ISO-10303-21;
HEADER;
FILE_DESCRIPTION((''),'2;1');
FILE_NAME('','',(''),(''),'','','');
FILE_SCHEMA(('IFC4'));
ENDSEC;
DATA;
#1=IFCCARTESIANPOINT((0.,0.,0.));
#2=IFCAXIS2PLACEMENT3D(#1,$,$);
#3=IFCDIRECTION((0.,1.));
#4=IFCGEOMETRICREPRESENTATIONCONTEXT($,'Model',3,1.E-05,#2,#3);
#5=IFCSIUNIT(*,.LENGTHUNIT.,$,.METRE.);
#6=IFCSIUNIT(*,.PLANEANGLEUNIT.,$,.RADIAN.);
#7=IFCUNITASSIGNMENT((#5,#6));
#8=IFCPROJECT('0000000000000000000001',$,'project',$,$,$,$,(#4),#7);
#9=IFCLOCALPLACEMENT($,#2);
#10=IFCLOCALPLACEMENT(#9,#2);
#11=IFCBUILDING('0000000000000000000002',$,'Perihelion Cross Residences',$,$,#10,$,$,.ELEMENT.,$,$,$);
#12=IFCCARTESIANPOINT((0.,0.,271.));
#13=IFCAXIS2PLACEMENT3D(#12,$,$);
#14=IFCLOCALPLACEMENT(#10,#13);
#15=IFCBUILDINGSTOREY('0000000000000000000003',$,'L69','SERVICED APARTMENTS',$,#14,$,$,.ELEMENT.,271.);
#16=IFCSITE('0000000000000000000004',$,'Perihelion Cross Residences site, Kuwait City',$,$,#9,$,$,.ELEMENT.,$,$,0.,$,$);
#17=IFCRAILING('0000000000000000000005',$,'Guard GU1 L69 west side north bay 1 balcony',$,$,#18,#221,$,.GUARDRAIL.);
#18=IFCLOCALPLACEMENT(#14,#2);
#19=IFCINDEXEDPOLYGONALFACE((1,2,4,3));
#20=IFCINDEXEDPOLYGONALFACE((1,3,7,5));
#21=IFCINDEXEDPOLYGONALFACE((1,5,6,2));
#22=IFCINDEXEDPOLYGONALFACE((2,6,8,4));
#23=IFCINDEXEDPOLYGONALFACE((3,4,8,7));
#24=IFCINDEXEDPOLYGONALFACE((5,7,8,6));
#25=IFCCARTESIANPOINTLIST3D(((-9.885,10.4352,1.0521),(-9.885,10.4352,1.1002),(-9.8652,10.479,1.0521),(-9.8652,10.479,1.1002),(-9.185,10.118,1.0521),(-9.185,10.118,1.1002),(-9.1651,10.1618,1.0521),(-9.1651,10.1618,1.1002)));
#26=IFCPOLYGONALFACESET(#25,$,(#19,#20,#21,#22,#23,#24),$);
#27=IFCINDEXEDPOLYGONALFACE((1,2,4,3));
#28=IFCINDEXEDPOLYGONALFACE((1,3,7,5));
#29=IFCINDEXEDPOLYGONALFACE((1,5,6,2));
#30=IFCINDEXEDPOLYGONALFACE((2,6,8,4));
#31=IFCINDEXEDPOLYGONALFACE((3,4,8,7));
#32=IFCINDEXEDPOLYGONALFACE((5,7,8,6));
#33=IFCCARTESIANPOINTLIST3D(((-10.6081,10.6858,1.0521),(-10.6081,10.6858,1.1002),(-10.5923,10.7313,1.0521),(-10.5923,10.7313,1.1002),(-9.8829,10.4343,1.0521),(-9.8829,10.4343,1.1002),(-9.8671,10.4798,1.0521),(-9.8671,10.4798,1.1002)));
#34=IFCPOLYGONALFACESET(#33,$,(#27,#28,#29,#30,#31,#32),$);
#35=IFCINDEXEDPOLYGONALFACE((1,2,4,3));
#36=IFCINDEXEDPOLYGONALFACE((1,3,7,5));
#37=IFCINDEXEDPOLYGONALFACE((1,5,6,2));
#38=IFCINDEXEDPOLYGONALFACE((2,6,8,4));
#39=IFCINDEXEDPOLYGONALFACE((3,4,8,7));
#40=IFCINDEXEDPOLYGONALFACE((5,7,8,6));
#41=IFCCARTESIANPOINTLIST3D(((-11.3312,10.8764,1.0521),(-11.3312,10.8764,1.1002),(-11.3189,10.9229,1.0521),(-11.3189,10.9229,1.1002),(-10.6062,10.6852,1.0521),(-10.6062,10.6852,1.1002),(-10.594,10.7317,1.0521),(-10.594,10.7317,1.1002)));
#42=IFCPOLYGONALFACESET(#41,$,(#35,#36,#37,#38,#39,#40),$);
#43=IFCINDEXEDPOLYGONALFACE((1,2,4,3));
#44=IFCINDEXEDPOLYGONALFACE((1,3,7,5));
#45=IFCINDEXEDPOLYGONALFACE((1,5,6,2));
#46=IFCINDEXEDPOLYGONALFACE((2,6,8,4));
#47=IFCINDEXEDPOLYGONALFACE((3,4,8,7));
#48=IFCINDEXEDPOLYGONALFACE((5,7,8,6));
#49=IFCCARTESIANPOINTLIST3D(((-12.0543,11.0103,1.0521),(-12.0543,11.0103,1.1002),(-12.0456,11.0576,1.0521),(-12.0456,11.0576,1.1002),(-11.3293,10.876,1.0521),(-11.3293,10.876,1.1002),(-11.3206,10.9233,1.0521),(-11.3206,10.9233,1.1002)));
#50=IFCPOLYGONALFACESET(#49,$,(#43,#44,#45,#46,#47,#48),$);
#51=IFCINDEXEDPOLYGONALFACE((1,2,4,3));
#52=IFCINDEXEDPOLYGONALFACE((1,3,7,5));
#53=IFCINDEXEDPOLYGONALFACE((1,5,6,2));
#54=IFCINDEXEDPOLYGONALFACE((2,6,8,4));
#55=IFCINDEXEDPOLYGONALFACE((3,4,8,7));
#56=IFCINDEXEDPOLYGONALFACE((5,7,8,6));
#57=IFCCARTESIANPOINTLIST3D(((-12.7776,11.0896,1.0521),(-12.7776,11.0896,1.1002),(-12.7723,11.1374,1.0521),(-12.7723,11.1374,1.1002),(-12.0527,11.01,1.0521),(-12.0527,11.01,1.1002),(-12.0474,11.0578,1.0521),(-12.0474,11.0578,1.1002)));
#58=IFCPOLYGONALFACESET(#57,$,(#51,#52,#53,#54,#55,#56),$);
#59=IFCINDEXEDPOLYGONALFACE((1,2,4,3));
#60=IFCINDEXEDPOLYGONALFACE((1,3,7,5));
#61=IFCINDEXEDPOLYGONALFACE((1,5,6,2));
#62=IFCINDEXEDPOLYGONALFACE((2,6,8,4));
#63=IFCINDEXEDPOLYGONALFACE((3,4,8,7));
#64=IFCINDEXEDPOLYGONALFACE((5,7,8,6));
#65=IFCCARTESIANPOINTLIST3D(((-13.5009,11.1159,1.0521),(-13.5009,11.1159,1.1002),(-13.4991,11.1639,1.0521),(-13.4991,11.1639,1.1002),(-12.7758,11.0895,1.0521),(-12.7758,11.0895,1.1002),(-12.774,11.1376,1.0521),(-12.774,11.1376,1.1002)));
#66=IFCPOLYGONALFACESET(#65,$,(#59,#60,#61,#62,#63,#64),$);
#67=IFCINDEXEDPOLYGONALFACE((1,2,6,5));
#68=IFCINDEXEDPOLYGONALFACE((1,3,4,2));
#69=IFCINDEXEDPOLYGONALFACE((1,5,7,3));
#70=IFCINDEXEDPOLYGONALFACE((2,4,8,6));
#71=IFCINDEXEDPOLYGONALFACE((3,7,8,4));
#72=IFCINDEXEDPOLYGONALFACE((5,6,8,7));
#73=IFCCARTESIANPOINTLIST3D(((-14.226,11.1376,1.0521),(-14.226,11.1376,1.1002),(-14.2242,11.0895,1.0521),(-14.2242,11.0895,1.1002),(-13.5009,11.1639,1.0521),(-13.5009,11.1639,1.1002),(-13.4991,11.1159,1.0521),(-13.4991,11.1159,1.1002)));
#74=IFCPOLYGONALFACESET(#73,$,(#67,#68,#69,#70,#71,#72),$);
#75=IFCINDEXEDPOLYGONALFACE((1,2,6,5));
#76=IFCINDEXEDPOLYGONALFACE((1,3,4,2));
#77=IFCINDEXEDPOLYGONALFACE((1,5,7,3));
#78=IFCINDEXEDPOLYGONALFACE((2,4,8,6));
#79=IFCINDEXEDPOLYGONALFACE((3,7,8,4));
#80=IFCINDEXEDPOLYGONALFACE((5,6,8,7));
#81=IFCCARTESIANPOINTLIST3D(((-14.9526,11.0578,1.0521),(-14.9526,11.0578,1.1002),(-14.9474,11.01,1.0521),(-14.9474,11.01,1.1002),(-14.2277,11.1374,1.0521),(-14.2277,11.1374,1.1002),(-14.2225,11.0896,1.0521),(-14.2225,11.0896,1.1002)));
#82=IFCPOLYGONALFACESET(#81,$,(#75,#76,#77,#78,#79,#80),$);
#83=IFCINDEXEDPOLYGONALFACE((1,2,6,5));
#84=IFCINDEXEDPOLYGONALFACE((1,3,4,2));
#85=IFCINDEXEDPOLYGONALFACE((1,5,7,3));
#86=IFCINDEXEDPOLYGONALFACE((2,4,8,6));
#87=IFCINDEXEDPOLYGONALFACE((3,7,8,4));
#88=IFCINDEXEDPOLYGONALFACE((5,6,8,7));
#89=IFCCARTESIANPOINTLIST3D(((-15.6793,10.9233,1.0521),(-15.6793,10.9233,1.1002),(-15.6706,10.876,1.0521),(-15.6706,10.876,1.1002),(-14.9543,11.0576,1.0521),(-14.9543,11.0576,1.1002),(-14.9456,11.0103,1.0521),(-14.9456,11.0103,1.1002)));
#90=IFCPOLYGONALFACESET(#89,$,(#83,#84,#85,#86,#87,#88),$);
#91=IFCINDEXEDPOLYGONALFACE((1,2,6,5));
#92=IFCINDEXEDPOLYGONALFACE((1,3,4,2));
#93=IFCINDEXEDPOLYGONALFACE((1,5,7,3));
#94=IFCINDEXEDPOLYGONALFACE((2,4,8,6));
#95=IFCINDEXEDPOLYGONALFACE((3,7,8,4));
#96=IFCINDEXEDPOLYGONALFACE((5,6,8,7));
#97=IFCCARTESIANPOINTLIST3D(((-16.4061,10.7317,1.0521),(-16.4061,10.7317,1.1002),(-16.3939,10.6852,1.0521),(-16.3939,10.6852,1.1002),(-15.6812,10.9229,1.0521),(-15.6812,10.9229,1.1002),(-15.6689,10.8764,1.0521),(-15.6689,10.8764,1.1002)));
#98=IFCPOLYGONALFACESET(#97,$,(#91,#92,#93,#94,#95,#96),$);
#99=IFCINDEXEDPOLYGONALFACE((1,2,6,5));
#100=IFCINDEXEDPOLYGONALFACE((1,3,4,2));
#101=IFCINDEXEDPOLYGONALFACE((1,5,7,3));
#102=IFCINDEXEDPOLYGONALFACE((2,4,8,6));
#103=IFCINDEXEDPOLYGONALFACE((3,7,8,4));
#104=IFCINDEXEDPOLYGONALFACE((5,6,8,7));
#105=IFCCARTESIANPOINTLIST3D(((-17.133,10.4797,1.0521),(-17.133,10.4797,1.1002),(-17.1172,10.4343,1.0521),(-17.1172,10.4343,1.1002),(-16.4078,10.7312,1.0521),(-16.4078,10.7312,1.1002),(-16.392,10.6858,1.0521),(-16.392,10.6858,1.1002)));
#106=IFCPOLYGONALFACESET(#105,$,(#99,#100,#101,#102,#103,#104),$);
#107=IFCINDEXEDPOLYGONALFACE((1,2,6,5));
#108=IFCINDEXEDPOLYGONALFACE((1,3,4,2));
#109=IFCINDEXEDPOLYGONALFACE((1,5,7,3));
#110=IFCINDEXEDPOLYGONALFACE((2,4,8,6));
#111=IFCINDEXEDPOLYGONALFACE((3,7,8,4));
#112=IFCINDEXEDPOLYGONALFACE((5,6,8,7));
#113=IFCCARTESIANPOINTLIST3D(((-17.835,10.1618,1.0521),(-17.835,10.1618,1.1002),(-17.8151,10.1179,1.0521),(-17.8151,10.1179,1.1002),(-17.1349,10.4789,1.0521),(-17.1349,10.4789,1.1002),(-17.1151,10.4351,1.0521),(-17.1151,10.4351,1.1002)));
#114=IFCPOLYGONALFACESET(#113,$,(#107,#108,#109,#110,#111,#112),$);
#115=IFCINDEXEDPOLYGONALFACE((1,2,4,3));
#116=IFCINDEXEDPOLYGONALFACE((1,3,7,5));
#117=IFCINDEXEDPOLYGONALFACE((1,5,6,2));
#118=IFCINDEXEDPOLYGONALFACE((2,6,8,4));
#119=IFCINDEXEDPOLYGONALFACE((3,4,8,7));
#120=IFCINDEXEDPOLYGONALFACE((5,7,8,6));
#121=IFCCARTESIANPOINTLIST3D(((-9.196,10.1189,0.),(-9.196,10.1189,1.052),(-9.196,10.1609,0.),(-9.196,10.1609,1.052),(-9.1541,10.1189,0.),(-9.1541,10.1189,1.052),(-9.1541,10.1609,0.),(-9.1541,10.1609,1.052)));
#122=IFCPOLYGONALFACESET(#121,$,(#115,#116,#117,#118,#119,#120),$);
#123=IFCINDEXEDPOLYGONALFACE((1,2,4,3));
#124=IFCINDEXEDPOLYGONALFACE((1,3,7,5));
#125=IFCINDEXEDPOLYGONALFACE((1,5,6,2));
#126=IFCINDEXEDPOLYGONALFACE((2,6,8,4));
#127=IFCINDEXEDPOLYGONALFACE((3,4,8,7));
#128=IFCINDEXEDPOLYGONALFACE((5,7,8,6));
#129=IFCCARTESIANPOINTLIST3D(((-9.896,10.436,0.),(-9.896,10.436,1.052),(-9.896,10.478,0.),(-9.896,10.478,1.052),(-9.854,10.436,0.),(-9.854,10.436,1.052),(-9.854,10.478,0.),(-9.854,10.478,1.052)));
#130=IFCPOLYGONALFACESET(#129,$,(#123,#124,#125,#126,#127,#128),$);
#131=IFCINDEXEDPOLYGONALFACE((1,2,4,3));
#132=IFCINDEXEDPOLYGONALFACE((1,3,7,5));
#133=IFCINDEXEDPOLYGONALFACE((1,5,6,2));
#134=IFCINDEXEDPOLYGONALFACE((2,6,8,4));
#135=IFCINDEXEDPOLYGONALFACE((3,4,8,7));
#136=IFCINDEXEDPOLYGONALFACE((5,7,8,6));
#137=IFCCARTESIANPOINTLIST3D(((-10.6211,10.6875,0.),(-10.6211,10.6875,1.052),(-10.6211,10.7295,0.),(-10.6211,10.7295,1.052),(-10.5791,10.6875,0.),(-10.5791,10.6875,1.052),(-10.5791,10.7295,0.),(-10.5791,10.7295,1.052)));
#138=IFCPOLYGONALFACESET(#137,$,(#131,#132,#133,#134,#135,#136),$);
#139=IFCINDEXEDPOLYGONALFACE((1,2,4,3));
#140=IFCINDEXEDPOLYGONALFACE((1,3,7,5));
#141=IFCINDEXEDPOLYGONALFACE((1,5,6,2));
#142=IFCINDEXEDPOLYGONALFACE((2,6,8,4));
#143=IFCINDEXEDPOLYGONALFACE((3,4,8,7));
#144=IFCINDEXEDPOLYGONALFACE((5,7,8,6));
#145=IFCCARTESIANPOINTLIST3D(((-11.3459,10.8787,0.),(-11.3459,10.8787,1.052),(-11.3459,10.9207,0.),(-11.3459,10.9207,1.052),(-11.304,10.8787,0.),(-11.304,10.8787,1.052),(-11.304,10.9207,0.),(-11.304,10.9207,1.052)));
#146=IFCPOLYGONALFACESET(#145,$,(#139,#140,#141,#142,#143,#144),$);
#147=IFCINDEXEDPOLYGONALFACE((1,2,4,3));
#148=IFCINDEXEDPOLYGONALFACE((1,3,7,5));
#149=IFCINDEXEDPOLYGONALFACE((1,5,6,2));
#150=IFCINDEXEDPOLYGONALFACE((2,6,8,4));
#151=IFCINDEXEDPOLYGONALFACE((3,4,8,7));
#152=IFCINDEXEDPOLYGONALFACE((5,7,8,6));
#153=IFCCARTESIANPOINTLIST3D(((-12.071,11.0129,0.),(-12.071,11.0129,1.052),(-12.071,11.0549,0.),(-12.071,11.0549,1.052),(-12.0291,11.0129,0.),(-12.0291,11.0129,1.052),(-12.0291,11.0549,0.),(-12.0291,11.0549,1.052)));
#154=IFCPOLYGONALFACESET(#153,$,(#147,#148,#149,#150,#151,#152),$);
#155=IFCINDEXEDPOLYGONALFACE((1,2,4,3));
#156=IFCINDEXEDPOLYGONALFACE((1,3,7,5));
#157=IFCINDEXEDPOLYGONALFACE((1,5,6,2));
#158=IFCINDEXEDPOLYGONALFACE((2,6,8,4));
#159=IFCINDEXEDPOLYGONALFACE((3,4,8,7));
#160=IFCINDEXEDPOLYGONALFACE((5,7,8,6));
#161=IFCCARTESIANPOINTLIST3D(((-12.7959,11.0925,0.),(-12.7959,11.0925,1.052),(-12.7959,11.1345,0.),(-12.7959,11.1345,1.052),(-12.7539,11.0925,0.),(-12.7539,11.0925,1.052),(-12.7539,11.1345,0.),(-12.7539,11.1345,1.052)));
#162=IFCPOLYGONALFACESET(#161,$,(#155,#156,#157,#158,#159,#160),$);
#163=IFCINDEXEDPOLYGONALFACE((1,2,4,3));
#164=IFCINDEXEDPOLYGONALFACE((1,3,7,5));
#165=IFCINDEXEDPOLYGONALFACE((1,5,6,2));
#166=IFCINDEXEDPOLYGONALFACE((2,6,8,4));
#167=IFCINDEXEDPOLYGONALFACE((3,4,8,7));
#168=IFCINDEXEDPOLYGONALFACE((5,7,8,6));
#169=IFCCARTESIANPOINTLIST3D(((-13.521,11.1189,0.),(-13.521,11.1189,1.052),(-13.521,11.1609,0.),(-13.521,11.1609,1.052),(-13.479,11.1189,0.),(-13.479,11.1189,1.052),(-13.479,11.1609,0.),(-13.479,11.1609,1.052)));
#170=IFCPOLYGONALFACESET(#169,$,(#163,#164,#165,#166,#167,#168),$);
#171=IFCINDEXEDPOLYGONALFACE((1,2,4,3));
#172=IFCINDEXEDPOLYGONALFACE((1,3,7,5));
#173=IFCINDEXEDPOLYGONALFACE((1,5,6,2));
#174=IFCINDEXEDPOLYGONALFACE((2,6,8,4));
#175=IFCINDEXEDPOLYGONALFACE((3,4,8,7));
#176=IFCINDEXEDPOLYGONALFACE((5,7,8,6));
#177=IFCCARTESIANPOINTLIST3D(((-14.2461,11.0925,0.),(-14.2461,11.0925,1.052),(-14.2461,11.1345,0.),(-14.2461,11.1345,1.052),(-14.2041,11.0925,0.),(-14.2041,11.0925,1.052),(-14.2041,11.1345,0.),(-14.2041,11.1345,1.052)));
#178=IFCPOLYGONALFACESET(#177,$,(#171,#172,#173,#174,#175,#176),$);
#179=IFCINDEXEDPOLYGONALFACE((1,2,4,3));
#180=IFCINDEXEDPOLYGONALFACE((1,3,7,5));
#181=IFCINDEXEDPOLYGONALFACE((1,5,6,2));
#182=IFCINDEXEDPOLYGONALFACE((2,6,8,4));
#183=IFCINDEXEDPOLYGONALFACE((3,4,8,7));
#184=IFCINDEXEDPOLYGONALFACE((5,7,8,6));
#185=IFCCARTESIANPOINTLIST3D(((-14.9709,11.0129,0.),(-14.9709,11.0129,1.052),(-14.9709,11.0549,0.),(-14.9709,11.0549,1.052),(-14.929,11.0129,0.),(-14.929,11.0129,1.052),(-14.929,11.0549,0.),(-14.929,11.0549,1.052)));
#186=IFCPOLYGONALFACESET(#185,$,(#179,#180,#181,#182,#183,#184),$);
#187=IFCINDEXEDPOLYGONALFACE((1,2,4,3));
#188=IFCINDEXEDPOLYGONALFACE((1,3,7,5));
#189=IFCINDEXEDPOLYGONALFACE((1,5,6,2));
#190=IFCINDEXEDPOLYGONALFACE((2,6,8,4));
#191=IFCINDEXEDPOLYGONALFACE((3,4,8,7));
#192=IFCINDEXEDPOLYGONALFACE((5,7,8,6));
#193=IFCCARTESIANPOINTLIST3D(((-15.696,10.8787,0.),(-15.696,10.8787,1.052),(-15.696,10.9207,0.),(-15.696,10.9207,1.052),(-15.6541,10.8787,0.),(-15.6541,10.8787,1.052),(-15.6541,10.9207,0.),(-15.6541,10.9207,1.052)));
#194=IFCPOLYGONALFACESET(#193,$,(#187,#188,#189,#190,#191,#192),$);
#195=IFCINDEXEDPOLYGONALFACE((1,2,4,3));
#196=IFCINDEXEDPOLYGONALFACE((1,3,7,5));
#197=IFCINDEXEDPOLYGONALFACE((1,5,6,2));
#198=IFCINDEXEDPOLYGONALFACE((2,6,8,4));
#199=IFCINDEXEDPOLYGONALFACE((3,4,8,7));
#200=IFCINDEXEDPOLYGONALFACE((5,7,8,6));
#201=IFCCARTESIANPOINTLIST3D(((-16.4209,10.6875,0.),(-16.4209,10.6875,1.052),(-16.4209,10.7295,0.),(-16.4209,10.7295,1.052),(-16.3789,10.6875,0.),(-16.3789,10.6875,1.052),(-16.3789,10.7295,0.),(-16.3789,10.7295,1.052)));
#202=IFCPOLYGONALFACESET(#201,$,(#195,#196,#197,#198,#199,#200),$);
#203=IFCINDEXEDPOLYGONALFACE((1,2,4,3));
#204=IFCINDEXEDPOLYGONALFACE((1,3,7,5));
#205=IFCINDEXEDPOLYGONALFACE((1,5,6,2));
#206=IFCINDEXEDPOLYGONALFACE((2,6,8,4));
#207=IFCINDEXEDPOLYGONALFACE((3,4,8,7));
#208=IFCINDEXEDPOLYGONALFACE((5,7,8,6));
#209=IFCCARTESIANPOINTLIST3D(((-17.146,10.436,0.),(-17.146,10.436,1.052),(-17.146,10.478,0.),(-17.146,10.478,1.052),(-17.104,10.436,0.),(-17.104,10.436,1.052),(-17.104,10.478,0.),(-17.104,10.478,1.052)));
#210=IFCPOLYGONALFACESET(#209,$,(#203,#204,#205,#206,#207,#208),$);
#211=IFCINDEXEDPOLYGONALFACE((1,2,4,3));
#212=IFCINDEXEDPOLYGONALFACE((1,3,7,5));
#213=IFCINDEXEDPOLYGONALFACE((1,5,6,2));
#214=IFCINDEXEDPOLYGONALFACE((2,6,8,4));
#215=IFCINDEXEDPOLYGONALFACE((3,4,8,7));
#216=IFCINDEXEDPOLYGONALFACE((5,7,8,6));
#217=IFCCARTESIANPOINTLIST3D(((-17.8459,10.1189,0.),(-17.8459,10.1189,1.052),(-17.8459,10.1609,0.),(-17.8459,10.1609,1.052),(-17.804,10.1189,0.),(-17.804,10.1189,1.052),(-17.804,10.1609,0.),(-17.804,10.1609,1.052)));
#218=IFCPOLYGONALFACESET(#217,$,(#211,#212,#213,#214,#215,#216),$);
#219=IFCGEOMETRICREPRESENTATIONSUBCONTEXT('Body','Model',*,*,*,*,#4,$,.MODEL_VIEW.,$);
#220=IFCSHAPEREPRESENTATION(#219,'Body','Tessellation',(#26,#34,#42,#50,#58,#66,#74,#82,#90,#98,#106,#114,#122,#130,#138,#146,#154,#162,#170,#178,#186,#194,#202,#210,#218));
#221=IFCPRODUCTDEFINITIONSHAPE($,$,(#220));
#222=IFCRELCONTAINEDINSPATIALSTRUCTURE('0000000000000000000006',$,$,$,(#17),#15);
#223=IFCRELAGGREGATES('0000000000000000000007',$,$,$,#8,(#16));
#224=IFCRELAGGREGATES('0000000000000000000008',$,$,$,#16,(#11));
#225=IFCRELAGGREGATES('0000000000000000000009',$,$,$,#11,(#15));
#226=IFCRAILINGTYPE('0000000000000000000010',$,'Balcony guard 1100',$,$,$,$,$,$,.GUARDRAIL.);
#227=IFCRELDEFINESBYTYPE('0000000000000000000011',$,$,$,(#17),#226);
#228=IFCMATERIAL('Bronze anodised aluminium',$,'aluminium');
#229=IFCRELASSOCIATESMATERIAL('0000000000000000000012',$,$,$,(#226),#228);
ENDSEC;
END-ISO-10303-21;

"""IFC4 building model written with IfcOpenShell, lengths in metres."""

from ifc_helpers import new_model, si_unit, direction, frame, origin, origin_2d, place, context, subcontext, project, spatial, rectangle, extrude, material, type_object, element, save


model = new_model("IFC4")

# Units and contexts
model_context = context("Model", 3, precision=1e-05, world=origin(), true_north=direction((0.0, 1.0)))
body_context = subcontext(model_context, "Body", "Model", "MODEL_VIEW")
ifc_project = project(units=[si_unit("LENGTHUNIT", "METRE"), si_unit("PLANEANGLEUNIT", "RADIAN")], contexts=[model_context])

# Site, building, storey
site_placement = place(None, origin())
site = spatial("IfcSite", under=ifc_project, at=site_placement, Name="Perihelion Cross Residences site, Kuwait City", CompositionType="ELEMENT", RefElevation=0.0)
building_placement = place(site_placement, origin())
building = spatial("IfcBuilding", under=site, at=building_placement, Name="Perihelion Cross Residences", CompositionType="ELEMENT")
storey_placement = place(building_placement, frame((0.0, 0.0, 271.0)))
storey = spatial("IfcBuildingStorey", under=building, at=storey_placement, Name="L69", Description="SERVICED APARTMENTS", CompositionType="ELEMENT", Elevation=271.0)

# Railing
ifc_material_1 = material(Name="Bronze anodised aluminium", Category="aluminium")
railing_type = type_object("IfcRailingType", Name="Balcony guard 1100", PredefinedType="GUARDRAIL", material=ifc_material_1)
railing_1_placement = place(storey_placement, frame((-9.175, 10.1399, 0.0)))
element("IfcRailing", 1, at=railing_1_placement, inside=storey, type_object=railing_type, Name="Guard GU1 L69 west side north bay 1 balcony", PredefinedType="GUARDRAIL", context=body_context, shape_type="SweptSolid", body=[
    extrude(rectangle(XDim=0.0481, YDim=0.0481, at=origin_2d()), frame((0.0, 0.0, 1.0762), z_axis=(-0.910866, 0.412702, 0.0), x_axis=(-0.412702, -0.910866, 0.0)), (0.0, 0.0, 1.0), 0.7686),
    extrude(rectangle(XDim=0.0481, YDim=0.0481, at=origin_2d()), frame((-0.7, 0.3171, 1.0762), z_axis=(-0.944797, 0.327657, 0.0), x_axis=(-0.327657, -0.944797, 0.0)), (0.0, 0.0, 1.0), 0.7676),
    extrude(rectangle(XDim=0.0481, YDim=0.0481, at=origin_2d()), frame((-1.425, 0.5686, 1.0762), z_axis=(-0.966939, 0.255006, 0.0), x_axis=(-0.255006, -0.966939, 0.0)), (0.0, 0.0, 1.0), 0.7498),
    extrude(rectangle(XDim=0.0481, YDim=0.0481, at=origin_2d()), frame((-2.1499, 0.7598, 1.0762), z_axis=(-0.983282, 0.182089, 0.0), x_axis=(-0.182089, -0.983282, 0.0)), (0.0, 0.0, 1.0), 0.7373),
    extrude(rectangle(XDim=0.0481, YDim=0.0481, at=origin_2d()), frame((-2.875, 0.894, 1.0762), z_axis=(-0.994026, 0.109145, 0.0), x_axis=(-0.109145, -0.994026, 0.0)), (0.0, 0.0, 1.0), 0.7292),
    extrude(rectangle(XDim=0.0481, YDim=0.0481, at=origin_2d()), frame((-3.5999, 0.9736, 1.0762), z_axis=(-0.999339, 0.03634, 0.0), x_axis=(-0.03634, -0.999339, 0.0)), (0.0, 0.0, 1.0), 0.7256),
    extrude(rectangle(XDim=0.0481, YDim=0.0481, at=origin_2d()), frame((-4.325, 1.0, 1.0762), z_axis=(-0.999339, -0.03634, 0.0), x_axis=(0.03634, -0.999339, 0.0)), (0.0, 0.0, 1.0), 0.7256),
    extrude(rectangle(XDim=0.0481, YDim=0.0481, at=origin_2d()), frame((-5.05, 0.9736, 1.0762), z_axis=(-0.994026, -0.109145, 0.0), x_axis=(0.109145, -0.994026, 0.0)), (0.0, 0.0, 1.0), 0.7292),
    extrude(rectangle(XDim=0.0481, YDim=0.0481, at=origin_2d()), frame((-5.7749, 0.894, 1.0762), z_axis=(-0.983282, -0.182089, 0.0), x_axis=(0.182089, -0.983282, 0.0)), (0.0, 0.0, 1.0), 0.7373),
    extrude(rectangle(XDim=0.0481, YDim=0.0481, at=origin_2d()), frame((-6.5, 0.7598, 1.0762), z_axis=(-0.966939, -0.255006, 0.0), x_axis=(0.255006, -0.966939, 0.0)), (0.0, 0.0, 1.0), 0.7498),
    extrude(rectangle(XDim=0.0481, YDim=0.0481, at=origin_2d()), frame((-7.2249, 0.5686, 1.0762), z_axis=(-0.944797, -0.327657, 0.0), x_axis=(0.327657, -0.944797, 0.0)), (0.0, 0.0, 1.0), 0.7676),
    extrude(rectangle(XDim=0.0481, YDim=0.0481, at=origin_2d()), frame((-7.95, 0.3171, 1.0762), z_axis=(-0.910866, -0.412702, 0.0), x_axis=(0.412702, -0.910866, 0.0)), (0.0, 0.0, 1.0), 0.7686),
    extrude(rectangle(XDim=0.042, YDim=0.042, at=origin_2d()), origin(), (0.0, 0.0, 1.0), 1.052),
    extrude(rectangle(XDim=0.042, YDim=0.042, at=origin_2d()), frame((-0.7, 0.3171, 0.0)), (0.0, 0.0, 1.0), 1.052),
    extrude(rectangle(XDim=0.042, YDim=0.042, at=origin_2d()), frame((-1.425, 0.5686, 0.0)), (0.0, 0.0, 1.0), 1.052),
    extrude(rectangle(XDim=0.042, YDim=0.042, at=origin_2d()), frame((-2.1499, 0.7598, 0.0)), (0.0, 0.0, 1.0), 1.052),
    extrude(rectangle(XDim=0.042, YDim=0.042, at=origin_2d()), frame((-2.875, 0.894, 0.0)), (0.0, 0.0, 1.0), 1.052),
    extrude(rectangle(XDim=0.042, YDim=0.042, at=origin_2d()), frame((-3.5999, 0.9736, 0.0)), (0.0, 0.0, 1.0), 1.052),
    extrude(rectangle(XDim=0.042, YDim=0.042, at=origin_2d()), frame((-4.325, 1.0, 0.0)), (0.0, 0.0, 1.0), 1.052),
    extrude(rectangle(XDim=0.042, YDim=0.042, at=origin_2d()), frame((-5.05, 0.9736, 0.0)), (0.0, 0.0, 1.0), 1.052),
    extrude(rectangle(XDim=0.042, YDim=0.042, at=origin_2d()), frame((-5.7749, 0.894, 0.0)), (0.0, 0.0, 1.0), 1.052),
    extrude(rectangle(XDim=0.042, YDim=0.042, at=origin_2d()), frame((-6.5, 0.7598, 0.0)), (0.0, 0.0, 1.0), 1.052),
    extrude(rectangle(XDim=0.042, YDim=0.042, at=origin_2d()), frame((-7.2249, 0.5686, 0.0)), (0.0, 0.0, 1.0), 1.052),
    extrude(rectangle(XDim=0.042, YDim=0.042, at=origin_2d()), frame((-7.95, 0.3171, 0.0)), (0.0, 0.0, 1.0), 1.052),
    extrude(rectangle(XDim=0.042, YDim=0.042, at=origin_2d()), frame((-8.6499, 0.0, 0.0)), (0.0, 0.0, 1.0), 1.052),
])

save(model, "model.ifc")
